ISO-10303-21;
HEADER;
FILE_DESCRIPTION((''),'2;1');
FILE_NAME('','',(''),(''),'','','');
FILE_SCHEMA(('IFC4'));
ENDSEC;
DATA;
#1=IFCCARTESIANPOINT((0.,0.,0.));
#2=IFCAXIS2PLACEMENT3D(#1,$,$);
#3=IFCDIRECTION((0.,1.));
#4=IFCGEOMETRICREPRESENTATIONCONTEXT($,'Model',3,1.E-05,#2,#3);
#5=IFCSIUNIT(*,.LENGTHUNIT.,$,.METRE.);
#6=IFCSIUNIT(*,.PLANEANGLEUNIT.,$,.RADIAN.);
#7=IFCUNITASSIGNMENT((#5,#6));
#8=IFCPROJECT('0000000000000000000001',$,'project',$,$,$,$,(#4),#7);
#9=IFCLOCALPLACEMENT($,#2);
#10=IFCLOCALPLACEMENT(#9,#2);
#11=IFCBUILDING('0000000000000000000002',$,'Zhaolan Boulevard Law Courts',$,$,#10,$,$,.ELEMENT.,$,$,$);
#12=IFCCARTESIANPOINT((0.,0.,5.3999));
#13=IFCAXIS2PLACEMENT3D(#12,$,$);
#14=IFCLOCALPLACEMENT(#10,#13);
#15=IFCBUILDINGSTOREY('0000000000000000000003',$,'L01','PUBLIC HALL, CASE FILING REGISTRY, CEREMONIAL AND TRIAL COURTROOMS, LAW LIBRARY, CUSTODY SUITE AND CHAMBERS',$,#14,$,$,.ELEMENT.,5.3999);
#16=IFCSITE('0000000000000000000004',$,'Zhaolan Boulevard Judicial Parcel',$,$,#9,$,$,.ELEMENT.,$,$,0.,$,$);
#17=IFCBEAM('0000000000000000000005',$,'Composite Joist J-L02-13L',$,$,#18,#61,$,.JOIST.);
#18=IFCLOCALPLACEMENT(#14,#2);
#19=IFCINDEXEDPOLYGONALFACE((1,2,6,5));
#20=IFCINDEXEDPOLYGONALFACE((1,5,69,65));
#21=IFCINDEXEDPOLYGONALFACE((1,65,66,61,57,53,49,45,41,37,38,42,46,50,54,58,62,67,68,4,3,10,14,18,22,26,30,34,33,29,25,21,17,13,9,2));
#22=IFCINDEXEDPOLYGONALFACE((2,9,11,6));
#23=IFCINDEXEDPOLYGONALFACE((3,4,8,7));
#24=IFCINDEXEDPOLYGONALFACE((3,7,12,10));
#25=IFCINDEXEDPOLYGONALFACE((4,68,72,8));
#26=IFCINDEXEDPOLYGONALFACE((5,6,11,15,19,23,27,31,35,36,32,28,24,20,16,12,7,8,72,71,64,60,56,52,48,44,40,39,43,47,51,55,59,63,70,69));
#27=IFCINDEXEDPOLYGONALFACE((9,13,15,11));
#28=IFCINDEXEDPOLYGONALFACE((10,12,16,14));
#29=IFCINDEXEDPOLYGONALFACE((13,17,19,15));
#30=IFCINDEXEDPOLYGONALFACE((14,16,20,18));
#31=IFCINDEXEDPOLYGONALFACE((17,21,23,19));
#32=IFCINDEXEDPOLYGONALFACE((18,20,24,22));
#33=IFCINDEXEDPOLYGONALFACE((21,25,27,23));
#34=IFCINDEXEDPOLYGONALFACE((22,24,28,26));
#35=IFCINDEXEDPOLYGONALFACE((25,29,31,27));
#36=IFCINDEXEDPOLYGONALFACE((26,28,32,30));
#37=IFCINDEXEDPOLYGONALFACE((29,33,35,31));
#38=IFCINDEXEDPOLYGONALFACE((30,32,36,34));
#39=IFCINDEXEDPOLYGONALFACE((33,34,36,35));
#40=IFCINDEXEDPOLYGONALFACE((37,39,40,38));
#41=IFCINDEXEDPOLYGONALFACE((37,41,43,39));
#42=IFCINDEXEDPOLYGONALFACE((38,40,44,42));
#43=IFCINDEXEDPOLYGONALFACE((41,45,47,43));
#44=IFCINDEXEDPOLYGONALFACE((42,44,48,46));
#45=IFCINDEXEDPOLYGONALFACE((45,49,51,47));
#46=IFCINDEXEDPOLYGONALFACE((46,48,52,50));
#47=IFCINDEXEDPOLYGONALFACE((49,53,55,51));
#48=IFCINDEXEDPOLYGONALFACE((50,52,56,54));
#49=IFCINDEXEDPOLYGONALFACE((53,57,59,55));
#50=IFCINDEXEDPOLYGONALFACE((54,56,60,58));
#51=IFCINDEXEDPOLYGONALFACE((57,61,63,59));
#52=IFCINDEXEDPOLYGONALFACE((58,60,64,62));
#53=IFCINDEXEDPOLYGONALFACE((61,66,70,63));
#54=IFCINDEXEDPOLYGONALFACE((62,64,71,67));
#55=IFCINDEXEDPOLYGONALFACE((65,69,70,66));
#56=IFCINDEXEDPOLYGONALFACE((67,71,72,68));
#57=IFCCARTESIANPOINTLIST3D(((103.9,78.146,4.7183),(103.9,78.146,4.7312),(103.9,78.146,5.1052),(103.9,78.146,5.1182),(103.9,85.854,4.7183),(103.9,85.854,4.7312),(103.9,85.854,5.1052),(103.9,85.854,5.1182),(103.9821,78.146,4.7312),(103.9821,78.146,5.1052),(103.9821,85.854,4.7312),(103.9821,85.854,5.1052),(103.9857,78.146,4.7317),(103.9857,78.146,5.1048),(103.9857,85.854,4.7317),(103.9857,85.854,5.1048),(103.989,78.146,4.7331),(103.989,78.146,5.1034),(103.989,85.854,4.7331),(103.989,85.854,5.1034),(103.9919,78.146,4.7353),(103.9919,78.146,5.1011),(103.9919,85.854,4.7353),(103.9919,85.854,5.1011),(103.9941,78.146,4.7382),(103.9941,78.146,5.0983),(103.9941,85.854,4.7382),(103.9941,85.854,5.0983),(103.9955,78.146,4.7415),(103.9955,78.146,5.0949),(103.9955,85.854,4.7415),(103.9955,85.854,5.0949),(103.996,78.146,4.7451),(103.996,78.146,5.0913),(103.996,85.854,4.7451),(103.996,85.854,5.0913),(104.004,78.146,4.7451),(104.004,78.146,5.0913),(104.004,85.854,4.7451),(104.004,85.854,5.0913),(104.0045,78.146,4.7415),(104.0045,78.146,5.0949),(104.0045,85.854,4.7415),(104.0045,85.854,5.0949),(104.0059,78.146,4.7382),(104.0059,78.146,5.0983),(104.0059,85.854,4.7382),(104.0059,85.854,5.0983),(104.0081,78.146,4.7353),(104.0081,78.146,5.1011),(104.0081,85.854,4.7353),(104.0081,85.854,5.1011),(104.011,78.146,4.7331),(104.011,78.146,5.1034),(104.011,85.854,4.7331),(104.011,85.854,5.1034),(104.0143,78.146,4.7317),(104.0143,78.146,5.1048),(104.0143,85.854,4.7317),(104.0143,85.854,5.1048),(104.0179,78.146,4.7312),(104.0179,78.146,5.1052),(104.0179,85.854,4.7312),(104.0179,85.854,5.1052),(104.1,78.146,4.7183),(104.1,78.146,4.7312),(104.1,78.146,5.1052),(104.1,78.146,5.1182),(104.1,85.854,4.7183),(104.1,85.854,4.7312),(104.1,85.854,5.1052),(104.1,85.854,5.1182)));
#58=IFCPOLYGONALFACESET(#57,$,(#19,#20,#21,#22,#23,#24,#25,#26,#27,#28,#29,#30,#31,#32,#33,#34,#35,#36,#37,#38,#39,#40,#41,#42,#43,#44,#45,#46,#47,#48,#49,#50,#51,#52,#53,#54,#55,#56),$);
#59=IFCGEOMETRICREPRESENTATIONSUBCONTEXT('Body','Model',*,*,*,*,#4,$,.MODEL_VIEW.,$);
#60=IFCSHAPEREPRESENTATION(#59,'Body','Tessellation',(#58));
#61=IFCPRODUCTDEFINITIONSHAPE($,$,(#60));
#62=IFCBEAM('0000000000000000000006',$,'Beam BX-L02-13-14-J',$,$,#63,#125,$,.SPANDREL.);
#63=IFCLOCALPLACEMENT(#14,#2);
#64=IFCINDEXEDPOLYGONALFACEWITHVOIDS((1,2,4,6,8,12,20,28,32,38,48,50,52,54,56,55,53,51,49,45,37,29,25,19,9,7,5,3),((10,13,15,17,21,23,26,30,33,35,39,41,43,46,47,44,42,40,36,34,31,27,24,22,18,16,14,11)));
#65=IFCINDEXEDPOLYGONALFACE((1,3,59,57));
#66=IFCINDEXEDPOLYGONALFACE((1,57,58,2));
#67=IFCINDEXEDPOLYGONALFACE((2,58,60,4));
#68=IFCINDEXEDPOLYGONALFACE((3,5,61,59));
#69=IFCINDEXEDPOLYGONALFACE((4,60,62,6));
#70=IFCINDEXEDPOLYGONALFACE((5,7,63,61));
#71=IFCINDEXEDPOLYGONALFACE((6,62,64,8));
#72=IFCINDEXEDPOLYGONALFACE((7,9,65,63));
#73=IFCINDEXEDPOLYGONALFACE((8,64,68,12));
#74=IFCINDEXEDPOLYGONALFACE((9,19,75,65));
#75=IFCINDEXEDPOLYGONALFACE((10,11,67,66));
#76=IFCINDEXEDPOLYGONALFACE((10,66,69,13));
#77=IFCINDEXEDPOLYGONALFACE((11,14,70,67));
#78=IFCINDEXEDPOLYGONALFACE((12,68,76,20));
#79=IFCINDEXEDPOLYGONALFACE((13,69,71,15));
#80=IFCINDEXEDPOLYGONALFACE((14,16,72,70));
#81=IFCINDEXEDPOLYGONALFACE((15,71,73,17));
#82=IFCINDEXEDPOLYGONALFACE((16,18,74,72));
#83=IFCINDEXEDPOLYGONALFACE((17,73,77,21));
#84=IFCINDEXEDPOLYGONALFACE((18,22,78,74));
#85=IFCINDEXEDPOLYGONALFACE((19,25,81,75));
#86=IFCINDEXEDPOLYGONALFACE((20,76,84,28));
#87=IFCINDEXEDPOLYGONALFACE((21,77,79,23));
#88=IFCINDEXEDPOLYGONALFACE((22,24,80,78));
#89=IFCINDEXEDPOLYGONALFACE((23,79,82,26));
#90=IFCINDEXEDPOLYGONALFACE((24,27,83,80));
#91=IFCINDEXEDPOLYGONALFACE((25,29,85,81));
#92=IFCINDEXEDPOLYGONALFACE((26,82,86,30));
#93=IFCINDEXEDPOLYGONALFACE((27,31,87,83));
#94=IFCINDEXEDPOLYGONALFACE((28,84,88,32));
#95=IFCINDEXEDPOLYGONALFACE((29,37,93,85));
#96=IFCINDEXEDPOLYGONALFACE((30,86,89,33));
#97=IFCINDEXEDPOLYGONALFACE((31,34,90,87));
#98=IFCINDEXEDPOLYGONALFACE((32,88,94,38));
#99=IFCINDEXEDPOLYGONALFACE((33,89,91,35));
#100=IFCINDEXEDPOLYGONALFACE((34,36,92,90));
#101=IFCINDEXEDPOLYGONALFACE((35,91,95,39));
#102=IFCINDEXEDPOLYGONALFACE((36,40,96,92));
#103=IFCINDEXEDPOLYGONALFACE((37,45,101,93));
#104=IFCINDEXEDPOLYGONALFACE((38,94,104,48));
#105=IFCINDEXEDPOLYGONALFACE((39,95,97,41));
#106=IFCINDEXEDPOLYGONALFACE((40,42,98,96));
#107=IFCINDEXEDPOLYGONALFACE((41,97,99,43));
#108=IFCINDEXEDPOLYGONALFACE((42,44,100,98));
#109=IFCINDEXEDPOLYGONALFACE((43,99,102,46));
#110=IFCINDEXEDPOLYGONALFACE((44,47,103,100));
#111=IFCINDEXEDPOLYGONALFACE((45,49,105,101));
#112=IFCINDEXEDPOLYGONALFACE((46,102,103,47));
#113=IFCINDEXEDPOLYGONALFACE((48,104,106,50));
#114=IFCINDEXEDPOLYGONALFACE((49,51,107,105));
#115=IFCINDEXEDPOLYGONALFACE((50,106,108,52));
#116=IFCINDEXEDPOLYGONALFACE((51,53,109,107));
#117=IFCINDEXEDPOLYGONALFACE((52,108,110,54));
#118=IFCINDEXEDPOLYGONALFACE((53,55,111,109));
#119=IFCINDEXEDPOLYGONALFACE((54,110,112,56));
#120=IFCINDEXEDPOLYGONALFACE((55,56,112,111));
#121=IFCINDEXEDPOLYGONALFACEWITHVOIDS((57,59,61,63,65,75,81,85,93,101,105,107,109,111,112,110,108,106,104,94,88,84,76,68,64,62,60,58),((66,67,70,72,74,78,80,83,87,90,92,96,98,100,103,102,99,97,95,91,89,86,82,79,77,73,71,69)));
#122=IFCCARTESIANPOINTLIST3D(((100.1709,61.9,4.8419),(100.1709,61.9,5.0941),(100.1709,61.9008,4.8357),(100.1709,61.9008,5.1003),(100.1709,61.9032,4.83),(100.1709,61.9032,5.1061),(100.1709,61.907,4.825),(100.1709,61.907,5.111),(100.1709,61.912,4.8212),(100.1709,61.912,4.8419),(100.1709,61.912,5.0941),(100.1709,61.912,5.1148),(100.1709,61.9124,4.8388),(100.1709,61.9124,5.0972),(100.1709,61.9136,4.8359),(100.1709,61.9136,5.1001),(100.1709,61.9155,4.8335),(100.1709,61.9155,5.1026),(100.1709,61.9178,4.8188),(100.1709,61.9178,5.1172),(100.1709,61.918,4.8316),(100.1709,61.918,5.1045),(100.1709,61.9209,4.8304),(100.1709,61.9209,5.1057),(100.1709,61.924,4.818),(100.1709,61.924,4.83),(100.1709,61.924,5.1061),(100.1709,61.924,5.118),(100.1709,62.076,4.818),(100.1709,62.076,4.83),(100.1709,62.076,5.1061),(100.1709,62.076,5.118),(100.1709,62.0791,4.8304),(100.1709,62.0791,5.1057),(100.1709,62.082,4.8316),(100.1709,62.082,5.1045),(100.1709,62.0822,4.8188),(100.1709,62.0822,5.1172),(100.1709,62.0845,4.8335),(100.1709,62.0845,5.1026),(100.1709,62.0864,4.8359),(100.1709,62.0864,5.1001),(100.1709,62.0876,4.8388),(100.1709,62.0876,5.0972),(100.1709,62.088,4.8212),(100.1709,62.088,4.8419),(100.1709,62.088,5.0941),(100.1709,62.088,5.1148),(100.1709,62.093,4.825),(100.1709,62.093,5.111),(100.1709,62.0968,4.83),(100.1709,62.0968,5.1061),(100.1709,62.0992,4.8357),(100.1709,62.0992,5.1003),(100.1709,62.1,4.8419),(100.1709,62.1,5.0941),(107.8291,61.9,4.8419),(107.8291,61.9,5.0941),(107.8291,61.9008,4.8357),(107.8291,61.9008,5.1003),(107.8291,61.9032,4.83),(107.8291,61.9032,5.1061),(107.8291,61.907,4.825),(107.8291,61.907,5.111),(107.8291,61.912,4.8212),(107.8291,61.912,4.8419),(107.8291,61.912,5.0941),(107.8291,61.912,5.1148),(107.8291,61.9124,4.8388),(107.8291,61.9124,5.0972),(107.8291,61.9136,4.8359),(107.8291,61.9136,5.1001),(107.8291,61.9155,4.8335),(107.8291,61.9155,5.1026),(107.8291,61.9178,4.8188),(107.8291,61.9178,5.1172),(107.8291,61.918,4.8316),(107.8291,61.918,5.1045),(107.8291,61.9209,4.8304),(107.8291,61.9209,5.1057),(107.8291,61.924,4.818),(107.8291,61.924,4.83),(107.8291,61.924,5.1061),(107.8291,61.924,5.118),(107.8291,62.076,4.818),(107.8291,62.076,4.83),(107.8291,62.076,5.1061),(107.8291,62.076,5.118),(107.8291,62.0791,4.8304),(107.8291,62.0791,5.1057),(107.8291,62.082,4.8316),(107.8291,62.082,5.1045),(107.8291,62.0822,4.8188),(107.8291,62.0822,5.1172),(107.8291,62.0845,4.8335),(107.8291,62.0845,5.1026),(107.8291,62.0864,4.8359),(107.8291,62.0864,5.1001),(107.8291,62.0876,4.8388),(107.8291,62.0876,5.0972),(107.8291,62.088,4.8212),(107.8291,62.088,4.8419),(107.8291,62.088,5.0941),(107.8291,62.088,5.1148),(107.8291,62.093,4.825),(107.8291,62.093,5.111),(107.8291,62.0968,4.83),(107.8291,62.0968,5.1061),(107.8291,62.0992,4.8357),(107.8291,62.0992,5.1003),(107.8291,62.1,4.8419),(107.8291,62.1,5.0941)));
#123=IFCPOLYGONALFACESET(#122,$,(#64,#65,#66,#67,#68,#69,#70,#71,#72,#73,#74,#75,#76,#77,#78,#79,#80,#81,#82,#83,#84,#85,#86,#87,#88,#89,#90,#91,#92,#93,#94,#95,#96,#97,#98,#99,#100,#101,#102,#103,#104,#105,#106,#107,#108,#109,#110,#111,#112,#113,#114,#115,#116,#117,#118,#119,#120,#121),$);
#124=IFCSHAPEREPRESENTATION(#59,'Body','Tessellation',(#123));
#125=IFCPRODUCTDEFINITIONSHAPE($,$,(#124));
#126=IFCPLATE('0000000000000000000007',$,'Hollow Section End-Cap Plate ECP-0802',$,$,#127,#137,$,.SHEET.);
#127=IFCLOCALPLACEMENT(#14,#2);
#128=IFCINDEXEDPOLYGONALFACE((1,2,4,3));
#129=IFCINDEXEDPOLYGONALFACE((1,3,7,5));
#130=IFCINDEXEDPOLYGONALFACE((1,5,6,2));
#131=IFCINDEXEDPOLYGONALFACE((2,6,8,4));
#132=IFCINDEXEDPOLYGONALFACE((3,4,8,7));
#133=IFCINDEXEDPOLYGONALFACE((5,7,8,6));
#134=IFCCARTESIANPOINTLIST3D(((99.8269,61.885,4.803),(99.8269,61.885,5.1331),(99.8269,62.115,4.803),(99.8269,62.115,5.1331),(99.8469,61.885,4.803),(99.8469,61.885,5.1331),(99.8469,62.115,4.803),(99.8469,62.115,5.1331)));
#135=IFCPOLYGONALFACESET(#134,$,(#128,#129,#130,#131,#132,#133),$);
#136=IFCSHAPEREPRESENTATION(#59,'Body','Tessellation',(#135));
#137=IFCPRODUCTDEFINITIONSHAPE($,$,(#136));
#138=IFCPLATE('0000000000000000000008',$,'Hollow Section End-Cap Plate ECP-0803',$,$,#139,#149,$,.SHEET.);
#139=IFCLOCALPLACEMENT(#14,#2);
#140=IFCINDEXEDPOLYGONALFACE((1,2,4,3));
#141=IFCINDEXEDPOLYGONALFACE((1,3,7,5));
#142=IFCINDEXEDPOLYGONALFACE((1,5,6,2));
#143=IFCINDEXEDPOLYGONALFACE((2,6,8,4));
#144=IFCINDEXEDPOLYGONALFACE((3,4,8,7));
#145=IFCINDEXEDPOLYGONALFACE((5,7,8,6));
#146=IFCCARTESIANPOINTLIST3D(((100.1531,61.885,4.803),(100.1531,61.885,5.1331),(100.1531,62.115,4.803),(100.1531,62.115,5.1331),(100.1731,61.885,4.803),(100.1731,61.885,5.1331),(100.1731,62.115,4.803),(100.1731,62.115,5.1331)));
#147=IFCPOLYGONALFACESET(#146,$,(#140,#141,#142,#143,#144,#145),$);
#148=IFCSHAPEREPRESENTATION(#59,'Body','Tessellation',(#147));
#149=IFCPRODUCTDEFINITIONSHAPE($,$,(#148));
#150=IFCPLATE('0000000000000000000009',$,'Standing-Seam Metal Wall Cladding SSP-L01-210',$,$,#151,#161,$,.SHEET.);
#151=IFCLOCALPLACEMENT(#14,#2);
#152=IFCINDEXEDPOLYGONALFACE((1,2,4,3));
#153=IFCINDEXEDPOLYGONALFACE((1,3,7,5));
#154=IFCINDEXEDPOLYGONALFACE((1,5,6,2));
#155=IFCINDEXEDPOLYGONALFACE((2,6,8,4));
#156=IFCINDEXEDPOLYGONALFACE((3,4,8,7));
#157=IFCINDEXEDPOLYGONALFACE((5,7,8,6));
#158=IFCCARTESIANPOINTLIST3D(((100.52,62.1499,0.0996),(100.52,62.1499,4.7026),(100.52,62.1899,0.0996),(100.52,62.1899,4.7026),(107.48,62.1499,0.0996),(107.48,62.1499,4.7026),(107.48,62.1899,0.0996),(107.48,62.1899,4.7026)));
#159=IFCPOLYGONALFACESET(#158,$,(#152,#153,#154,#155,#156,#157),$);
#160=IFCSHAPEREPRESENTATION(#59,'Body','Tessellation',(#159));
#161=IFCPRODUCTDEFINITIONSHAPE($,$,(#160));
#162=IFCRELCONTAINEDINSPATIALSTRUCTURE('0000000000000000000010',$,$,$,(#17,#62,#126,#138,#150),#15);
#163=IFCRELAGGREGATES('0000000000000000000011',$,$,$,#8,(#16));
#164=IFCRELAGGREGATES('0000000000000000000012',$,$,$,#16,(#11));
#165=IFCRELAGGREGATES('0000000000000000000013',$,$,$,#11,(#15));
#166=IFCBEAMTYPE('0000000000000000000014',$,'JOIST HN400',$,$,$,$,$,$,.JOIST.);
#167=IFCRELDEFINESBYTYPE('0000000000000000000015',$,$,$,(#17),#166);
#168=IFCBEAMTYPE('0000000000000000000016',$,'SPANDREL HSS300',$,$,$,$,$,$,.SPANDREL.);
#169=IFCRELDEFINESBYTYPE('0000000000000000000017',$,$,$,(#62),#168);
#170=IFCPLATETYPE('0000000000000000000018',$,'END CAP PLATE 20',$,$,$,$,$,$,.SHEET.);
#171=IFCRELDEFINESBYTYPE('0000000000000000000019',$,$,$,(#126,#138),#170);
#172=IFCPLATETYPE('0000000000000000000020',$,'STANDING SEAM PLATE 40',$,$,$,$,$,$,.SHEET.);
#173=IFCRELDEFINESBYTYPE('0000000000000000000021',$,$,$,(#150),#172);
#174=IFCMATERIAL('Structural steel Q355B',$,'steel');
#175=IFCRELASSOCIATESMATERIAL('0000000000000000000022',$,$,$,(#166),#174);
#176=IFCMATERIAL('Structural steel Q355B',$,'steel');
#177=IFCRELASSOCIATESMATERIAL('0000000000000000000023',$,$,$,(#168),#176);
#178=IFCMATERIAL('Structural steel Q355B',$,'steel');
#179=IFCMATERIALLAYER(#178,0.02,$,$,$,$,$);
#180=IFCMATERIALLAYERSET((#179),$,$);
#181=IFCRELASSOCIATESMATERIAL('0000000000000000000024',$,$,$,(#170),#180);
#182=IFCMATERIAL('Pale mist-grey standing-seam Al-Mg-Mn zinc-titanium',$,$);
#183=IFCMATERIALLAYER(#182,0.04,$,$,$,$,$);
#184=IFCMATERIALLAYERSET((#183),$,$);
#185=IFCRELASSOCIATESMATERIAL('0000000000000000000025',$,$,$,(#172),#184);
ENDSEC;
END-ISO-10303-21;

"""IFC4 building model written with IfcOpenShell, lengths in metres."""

from ifc_helpers import new_model, si_unit, direction, frame, origin, origin_2d, place, context, subcontext, project, spatial, rectangle, hollow_rectangle, i_section, extrude, material, layer, layer_set, material_profile, profile_set, type_object, element, save


model = new_model("IFC4")

# Units and contexts
model_context = context("Model", 3, precision=1e-05, world=origin(), true_north=direction((0.0, 1.0)))
body_context = subcontext(model_context, "Body", "Model", "MODEL_VIEW")
ifc_project = project(units=[si_unit("LENGTHUNIT", "METRE"), si_unit("PLANEANGLEUNIT", "RADIAN")], contexts=[model_context])

# Site, building, storey
site_placement = place(None, origin())
site = spatial("IfcSite", under=ifc_project, at=site_placement, Name="Zhaolan Boulevard Judicial Parcel", CompositionType="ELEMENT", RefElevation=0.0)
building_placement = place(site_placement, origin())
building = spatial("IfcBuilding", under=site, at=building_placement, Name="Zhaolan Boulevard Law Courts", CompositionType="ELEMENT")
storey_placement = place(building_placement, frame((0.0, 0.0, 5.3999)))
storey = spatial("IfcBuildingStorey", under=building, at=storey_placement, Name="L01", Description="PUBLIC HALL, CASE FILING REGISTRY, CEREMONIAL AND TRIAL COURTROOMS, LAW LIBRARY, CUSTODY SUITE AND CHAMBERS", CompositionType="ELEMENT", Elevation=5.3999)

# Beams
ifc_material_1 = material(Name="Structural steel Q355B", Category="steel")
ifc_material_profile_1 = material_profile(ifc_material_1, i_section(OverallWidth=0.2, OverallDepth=0.3999, WebThickness=0.0081, FlangeThickness=0.0129, FilletRadius=0.0139, at=origin_2d()), Name="HN400x200")
ifc_profile_set_1 = profile_set([ifc_material_profile_1], Name="Structural steel Q355B")
beam_type_1 = type_object("IfcBeamType", Name="JOIST HN400", PredefinedType="JOIST", material=ifc_profile_set_1)
beam_1_placement = place(storey_placement, frame((104.0, 78.146, 4.9182), z_axis=(0.0, 1.0, 0.0), x_axis=(-1.0, 0.0, 0.0)))
element("IfcBeam", 1, at=beam_1_placement, inside=storey, type_object=beam_type_1, Name="Composite Joist J-L02-13L", PredefinedType="JOIST", context=body_context, shape_type="SweptSolid", body=[
    extrude(i_section(OverallWidth=0.2, OverallDepth=0.3999, WebThickness=0.0081, FlangeThickness=0.0129, FilletRadius=0.0139, at=origin_2d()), origin(), (0.0, 0.0, 1.0), 7.708),
])
ifc_material_2 = material(Name="Structural steel Q355B", Category="steel")
ifc_material_profile_2 = material_profile(ifc_material_2, hollow_rectangle(XDim=0.2, YDim=0.3, WallThickness=0.012, InnerFilletRadius=0.012, OuterFilletRadius=0.0239, at=origin_2d()), Name="HSS300x200x12")
ifc_profile_set_2 = profile_set([ifc_material_profile_2], Name="Structural steel Q355B")
beam_type_2 = type_object("IfcBeamType", Name="SPANDREL HSS300", PredefinedType="SPANDREL", material=ifc_profile_set_2)
beam_2_placement = place(storey_placement, frame((100.1709, 62.0, 4.968), z_axis=(1.0, 0.0, 0.0), x_axis=(0.0, 1.0, 0.0)))
element("IfcBeam", 2, at=beam_2_placement, inside=storey, type_object=beam_type_2, Name="Beam BX-L02-13-14-J", PredefinedType="SPANDREL", context=body_context, shape_type="SweptSolid", body=[
    extrude(hollow_rectangle(XDim=0.2, YDim=0.3, WallThickness=0.012, InnerFilletRadius=0.012, OuterFilletRadius=0.0239, at=origin_2d()), origin(), (0.0, 0.0, 1.0), 7.6582),
])

# Plates
ifc_material_3 = material(Name="Structural steel Q355B", Category="steel")
ifc_layer_1 = layer(ifc_material_3, 0.02)
ifc_layer_set_1 = layer_set([ifc_layer_1])
plate_type_1 = type_object("IfcPlateType", Name="END CAP PLATE 20", PredefinedType="SHEET", material=ifc_layer_set_1)
for number, where, z_axis, x_axis, name in (
    (3, (99.8369, 62.0, 4.803), (0.0, 0.0, 1.0), (1.0, 0.0, 0.0), "Hollow Section End-Cap Plate ECP-0802"),
    (4, (100.1631, 62.0, 4.803), (0.0, 0.0, 1.0), (1.0, 0.0, 0.0), "Hollow Section End-Cap Plate ECP-0803"),
):
    element("IfcPlate", number, at=place(storey_placement, frame(where, z_axis=z_axis, x_axis=x_axis)), inside=storey, type_object=plate_type_1, Name=name, PredefinedType="SHEET", context=body_context, shape_type="SweptSolid", body=[
        extrude(rectangle(XDim=0.02, YDim=0.23, at=origin_2d()), origin(), (0.0, 0.0, 1.0), 0.3301),
    ])
ifc_material_4 = material(Name="Pale mist-grey standing-seam Al-Mg-Mn zinc-titanium")
ifc_layer_2 = layer(ifc_material_4, 0.04)
ifc_layer_set_2 = layer_set([ifc_layer_2])
plate_type_2 = type_object("IfcPlateType", Name="STANDING SEAM PLATE 40", PredefinedType="SHEET", material=ifc_layer_set_2)
plate_placement = place(storey_placement, frame((104.0, 62.1699, 0.0996), z_axis=(0.0, 0.0, 1.0), x_axis=(1.0, 0.0, 0.0)))
element("IfcPlate", 5, at=plate_placement, inside=storey, type_object=plate_type_2, Name="Standing-Seam Metal Wall Cladding SSP-L01-210", PredefinedType="SHEET", context=body_context, shape_type="SweptSolid", body=[
    extrude(rectangle(XDim=6.96, YDim=0.04, at=origin_2d()), origin(), (0.0, 0.0, 1.0), 4.603),
])

save(model, "model.ifc")
